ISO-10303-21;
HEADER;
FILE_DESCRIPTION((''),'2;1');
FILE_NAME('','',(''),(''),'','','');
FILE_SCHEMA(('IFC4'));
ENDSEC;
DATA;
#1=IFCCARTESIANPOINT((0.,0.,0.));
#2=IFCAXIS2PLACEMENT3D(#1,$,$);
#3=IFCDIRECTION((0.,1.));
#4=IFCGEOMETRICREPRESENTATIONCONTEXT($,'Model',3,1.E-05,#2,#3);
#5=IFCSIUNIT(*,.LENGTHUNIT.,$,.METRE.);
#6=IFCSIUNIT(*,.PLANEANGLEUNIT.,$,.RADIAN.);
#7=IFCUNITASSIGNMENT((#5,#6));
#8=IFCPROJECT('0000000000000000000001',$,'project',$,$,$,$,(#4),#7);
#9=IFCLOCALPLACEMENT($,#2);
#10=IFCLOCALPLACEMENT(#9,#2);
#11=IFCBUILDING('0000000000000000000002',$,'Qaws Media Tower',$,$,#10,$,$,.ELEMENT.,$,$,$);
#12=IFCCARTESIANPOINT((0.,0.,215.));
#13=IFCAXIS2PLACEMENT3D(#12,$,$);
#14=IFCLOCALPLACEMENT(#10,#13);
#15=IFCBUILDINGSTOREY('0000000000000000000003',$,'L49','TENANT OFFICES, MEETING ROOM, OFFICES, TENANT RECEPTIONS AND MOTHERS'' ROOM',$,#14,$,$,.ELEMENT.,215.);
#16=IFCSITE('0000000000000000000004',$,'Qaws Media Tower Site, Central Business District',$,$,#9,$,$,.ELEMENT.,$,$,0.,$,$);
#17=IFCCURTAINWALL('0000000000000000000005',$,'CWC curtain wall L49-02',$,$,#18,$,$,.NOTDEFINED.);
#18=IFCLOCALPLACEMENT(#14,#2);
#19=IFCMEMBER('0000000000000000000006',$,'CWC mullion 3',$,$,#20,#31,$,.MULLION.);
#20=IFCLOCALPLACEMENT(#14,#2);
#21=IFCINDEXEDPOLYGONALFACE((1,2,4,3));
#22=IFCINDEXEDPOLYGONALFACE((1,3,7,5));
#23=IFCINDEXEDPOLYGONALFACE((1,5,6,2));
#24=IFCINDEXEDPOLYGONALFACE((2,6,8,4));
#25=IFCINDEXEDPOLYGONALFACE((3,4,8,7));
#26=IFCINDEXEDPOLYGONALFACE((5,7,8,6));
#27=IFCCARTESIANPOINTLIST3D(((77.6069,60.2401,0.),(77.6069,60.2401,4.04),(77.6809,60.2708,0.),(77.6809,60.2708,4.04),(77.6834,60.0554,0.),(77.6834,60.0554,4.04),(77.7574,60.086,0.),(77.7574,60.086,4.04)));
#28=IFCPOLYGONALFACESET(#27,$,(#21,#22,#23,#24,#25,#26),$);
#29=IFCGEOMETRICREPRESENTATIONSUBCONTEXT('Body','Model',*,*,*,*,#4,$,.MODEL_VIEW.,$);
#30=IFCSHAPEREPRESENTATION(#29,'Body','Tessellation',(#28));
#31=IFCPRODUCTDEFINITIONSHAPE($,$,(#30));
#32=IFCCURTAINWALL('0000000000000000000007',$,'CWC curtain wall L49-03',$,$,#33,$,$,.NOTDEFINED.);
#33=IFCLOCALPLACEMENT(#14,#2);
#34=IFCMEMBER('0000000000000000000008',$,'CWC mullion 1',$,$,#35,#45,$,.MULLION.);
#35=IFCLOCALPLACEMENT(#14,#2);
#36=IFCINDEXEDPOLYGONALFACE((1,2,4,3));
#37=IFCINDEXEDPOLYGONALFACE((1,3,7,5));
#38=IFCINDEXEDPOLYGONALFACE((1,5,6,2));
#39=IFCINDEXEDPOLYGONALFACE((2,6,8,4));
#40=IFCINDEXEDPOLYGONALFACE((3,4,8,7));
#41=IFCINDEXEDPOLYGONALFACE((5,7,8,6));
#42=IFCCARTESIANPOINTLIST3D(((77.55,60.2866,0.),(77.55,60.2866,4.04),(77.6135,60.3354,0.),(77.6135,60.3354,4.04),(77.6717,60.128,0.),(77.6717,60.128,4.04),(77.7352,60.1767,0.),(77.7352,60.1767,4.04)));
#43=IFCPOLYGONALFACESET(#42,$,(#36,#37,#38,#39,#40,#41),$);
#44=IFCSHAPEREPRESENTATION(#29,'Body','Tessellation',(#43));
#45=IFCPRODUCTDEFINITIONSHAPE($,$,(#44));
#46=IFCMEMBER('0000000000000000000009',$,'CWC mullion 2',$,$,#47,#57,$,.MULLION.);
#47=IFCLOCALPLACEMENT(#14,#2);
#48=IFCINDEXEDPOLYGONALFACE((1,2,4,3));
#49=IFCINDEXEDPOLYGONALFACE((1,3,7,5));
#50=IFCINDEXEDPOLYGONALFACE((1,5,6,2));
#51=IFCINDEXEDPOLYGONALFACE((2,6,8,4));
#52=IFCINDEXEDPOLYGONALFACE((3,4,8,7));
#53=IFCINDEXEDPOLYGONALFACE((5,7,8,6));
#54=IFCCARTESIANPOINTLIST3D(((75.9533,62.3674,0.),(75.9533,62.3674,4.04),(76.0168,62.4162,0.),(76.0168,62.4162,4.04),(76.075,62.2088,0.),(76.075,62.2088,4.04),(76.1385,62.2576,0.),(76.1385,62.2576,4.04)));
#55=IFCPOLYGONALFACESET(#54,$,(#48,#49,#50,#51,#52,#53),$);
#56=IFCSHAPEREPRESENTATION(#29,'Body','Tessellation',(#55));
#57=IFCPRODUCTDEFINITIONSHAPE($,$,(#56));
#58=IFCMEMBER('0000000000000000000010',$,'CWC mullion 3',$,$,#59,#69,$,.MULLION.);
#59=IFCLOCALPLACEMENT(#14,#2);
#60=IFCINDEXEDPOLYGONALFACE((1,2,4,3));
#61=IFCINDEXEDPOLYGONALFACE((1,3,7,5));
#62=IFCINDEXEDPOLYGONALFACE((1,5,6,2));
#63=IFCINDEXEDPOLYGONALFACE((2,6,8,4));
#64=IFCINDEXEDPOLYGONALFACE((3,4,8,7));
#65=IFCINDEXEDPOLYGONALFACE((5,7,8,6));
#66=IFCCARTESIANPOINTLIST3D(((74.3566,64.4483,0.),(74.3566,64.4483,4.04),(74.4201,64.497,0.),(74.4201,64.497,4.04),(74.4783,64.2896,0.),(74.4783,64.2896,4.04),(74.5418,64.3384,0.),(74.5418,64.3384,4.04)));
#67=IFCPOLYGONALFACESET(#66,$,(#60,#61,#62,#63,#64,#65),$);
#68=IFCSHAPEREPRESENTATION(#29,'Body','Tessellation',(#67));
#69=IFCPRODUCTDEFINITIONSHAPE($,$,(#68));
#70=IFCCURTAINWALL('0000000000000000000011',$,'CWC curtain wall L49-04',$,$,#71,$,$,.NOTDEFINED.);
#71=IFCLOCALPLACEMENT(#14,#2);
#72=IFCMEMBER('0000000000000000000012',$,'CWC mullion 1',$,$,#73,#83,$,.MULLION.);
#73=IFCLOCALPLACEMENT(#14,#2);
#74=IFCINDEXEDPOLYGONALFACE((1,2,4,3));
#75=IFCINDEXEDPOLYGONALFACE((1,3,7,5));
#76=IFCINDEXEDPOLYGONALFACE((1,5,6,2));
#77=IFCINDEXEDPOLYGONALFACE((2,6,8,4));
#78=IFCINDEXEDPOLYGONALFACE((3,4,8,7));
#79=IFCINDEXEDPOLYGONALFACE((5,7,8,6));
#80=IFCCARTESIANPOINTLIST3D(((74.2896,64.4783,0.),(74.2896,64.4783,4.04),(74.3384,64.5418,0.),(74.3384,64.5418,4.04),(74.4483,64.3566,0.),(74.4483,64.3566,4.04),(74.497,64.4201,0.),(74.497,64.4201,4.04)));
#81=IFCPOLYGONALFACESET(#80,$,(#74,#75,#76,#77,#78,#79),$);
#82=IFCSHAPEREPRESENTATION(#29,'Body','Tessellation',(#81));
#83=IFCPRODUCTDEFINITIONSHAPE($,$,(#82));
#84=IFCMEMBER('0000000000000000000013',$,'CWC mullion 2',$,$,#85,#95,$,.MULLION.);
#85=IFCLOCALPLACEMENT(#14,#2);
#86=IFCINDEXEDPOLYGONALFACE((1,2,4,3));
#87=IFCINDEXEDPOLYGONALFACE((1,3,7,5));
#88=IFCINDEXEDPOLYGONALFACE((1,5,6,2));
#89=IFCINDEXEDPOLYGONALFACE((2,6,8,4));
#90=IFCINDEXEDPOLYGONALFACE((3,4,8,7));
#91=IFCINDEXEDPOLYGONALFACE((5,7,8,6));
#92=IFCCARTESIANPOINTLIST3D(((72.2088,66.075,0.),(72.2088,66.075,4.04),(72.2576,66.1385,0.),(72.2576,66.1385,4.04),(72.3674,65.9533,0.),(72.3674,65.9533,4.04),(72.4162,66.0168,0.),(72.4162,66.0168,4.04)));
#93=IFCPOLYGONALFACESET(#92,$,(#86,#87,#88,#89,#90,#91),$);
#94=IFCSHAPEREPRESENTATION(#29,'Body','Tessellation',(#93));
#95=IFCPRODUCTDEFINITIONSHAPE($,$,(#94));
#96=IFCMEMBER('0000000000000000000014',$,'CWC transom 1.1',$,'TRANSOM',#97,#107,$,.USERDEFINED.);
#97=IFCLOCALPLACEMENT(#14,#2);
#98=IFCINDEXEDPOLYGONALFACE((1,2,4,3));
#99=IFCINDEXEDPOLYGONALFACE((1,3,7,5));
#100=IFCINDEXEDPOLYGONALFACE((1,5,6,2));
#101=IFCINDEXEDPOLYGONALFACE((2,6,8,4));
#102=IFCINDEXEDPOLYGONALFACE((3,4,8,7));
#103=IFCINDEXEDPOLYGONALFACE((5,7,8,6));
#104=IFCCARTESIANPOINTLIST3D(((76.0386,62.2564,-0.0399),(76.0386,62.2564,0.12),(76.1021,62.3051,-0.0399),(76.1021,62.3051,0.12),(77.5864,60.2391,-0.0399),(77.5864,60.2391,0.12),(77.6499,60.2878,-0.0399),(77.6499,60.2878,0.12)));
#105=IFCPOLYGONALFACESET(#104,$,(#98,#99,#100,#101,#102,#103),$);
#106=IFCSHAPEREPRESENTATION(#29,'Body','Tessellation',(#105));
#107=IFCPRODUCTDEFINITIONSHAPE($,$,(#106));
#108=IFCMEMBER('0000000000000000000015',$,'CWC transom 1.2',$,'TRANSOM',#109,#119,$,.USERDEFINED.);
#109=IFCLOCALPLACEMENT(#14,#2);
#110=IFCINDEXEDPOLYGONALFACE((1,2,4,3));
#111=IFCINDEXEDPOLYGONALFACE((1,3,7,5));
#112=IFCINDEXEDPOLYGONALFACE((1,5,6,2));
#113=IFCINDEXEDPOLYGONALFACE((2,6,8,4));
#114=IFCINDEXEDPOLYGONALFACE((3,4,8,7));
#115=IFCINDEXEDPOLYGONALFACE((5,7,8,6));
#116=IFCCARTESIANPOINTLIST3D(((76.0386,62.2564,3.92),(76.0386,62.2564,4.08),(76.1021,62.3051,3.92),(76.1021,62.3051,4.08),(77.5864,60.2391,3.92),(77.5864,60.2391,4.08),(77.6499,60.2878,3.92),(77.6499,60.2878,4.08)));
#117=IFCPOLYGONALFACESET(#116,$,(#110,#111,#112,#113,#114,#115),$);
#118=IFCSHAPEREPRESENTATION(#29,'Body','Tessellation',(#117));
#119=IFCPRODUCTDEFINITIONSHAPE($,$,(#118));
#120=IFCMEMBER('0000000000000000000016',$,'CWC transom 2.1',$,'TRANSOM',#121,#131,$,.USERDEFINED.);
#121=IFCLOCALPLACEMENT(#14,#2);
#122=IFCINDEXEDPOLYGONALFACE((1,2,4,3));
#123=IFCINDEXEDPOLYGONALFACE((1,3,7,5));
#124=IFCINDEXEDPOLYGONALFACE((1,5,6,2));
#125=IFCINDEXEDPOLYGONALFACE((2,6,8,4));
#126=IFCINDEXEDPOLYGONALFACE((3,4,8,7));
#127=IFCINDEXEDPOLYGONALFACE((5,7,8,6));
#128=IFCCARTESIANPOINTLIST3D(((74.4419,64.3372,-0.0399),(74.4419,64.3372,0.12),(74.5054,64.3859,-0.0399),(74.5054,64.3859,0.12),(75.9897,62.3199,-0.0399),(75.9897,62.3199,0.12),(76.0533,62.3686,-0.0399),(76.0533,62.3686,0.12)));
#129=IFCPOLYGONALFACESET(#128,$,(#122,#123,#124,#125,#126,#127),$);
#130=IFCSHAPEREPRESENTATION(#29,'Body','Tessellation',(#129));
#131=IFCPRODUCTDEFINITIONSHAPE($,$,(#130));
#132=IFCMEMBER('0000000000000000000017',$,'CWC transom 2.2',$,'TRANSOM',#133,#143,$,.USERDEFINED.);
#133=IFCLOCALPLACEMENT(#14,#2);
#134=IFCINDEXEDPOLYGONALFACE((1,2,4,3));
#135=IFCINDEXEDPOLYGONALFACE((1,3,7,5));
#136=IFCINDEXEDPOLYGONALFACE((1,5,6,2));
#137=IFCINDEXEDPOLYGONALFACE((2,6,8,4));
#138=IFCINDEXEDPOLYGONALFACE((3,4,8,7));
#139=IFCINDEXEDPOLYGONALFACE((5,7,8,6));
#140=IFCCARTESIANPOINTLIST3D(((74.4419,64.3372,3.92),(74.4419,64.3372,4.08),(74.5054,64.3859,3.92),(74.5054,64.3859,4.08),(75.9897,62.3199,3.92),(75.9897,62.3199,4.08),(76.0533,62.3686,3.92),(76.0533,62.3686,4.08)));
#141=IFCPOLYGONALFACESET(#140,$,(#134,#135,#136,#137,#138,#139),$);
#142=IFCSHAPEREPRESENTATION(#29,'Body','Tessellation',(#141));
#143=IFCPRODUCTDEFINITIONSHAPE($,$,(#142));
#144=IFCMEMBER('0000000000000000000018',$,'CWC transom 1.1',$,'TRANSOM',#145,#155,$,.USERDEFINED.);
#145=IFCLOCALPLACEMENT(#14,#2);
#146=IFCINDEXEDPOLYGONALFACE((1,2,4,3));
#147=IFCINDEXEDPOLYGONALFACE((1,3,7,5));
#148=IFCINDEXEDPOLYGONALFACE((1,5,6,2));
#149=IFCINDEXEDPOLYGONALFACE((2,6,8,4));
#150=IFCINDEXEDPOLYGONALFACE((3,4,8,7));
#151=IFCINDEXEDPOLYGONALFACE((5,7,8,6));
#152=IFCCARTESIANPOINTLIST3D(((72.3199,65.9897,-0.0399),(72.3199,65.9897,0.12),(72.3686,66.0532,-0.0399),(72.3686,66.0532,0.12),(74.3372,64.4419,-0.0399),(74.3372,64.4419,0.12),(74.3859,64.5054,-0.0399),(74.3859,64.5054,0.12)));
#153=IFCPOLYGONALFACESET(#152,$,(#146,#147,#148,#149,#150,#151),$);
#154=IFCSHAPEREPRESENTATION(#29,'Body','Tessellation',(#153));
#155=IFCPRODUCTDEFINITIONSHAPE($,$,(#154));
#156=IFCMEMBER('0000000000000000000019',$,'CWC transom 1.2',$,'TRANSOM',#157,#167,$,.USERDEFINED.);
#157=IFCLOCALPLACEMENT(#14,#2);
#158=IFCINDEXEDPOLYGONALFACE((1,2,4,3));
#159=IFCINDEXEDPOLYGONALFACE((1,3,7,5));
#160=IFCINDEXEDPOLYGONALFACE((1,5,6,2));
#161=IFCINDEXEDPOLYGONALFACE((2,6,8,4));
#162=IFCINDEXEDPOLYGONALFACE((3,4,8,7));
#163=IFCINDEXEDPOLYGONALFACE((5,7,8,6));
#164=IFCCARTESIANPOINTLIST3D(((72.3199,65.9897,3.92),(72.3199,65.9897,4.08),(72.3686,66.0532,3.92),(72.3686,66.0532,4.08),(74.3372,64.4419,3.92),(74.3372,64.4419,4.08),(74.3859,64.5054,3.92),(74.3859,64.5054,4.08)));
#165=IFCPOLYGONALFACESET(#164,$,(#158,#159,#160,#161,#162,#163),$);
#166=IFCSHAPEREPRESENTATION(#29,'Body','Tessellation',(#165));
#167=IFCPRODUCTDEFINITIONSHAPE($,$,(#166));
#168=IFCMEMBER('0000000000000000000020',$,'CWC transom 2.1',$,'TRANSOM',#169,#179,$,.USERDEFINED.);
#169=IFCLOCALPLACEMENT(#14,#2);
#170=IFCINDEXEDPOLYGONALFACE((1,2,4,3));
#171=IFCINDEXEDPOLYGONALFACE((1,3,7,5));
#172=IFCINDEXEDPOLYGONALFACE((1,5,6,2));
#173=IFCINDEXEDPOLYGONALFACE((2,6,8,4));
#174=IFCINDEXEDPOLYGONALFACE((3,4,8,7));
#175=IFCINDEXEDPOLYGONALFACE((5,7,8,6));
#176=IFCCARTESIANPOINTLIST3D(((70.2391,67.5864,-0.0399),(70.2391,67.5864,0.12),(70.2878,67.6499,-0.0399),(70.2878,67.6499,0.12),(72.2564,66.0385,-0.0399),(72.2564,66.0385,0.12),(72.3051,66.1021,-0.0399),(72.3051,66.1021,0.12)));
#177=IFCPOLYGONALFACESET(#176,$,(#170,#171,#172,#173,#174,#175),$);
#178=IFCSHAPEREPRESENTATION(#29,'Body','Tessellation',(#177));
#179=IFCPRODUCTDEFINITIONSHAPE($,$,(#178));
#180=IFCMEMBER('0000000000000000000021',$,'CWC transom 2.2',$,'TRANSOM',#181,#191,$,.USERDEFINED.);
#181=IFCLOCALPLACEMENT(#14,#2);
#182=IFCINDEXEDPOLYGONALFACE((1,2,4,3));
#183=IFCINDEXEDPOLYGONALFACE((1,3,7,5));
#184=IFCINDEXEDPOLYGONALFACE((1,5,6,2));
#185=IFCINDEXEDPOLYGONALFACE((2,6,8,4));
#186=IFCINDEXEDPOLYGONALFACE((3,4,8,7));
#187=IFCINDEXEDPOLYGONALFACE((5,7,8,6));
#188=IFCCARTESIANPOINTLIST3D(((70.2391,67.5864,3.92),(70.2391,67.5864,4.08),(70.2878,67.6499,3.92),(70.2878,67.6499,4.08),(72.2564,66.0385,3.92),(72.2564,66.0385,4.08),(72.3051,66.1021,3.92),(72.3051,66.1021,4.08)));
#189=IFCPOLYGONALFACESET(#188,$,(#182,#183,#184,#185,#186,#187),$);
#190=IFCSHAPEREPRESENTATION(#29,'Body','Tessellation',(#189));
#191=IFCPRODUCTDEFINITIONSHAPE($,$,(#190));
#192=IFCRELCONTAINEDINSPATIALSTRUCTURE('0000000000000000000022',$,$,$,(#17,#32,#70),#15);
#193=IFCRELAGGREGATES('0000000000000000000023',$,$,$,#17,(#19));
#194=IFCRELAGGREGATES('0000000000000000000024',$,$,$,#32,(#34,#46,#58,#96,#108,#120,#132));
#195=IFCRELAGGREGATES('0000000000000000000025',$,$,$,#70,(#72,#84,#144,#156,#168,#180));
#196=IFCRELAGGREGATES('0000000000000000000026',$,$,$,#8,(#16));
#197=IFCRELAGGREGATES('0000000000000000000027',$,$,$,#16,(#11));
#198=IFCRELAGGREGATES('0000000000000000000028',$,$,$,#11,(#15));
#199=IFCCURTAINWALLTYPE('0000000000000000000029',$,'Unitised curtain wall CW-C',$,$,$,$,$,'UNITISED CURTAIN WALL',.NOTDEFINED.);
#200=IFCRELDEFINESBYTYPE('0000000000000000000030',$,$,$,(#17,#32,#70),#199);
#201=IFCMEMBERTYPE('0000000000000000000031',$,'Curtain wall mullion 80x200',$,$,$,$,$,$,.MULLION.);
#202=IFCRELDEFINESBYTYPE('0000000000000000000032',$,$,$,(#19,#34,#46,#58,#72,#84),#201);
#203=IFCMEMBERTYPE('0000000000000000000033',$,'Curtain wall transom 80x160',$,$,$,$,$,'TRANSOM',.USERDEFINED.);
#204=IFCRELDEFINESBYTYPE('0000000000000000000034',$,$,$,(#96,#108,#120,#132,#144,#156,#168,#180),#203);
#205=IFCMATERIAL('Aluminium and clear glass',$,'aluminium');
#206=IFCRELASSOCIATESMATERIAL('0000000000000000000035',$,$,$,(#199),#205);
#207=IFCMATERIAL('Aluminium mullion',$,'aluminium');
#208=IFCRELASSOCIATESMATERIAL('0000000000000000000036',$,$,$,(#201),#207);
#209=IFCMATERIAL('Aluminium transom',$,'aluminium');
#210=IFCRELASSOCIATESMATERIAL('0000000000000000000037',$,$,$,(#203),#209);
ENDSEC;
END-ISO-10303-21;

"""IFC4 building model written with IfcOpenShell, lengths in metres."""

from ifc_helpers import new_model, si_unit, direction, frame, origin, origin_2d, place, context, subcontext, project, spatial, rectangle, extrude, material, material_profile, profile_set, type_object, element, aggregate, save


model = new_model("IFC4")

# Units and contexts
model_context = context("Model", 3, precision=1e-05, world=origin(), true_north=direction((0.0, 1.0)))
body_context = subcontext(model_context, "Body", "Model", "MODEL_VIEW")
ifc_project = project(units=[si_unit("LENGTHUNIT", "METRE"), si_unit("PLANEANGLEUNIT", "RADIAN")], contexts=[model_context])

# Site, building, storey
site_placement = place(None, origin())
site = spatial("IfcSite", under=ifc_project, at=site_placement, Name="Qaws Media Tower Site, Central Business District", CompositionType="ELEMENT", RefElevation=0.0)
building_placement = place(site_placement, origin())
building = spatial("IfcBuilding", under=site, at=building_placement, Name="Qaws Media Tower", CompositionType="ELEMENT")
storey_placement = place(building_placement, frame((0.0, 0.0, 215.0)))
storey = spatial("IfcBuildingStorey", under=building, at=storey_placement, Name="L49", Description="TENANT OFFICES, MEETING ROOM, OFFICES, TENANT RECEPTIONS AND MOTHERS' ROOM", CompositionType="ELEMENT", Elevation=215.0)

# Curtain wall, member
ifc_material_1 = material(Name="Aluminium and clear glass", Category="aluminium")
curtain_wall_type = type_object("IfcCurtainWallType", Name="Unitised curtain wall CW-C", ElementType="UNITISED CURTAIN WALL", PredefinedType="NOTDEFINED", material=ifc_material_1)
curtain_wall_1_placement = place(storey_placement, origin())
curtain_wall_1 = element("IfcCurtainWall", 1, at=curtain_wall_1_placement, inside=storey, type_object=curtain_wall_type, Name="CWC curtain wall L49-02", PredefinedType="NOTDEFINED")
ifc_material_2 = material(Name="Aluminium mullion", Category="aluminium")
ifc_material_profile_1 = material_profile(ifc_material_2, rectangle(XDim=0.0801, YDim=0.2, at=origin_2d()), Name="80x200")
ifc_profile_set_1 = profile_set([ifc_material_profile_1], Name="Aluminium mullion")
member_type_1 = type_object("IfcMemberType", Name="Curtain wall mullion 80x200", PredefinedType="MULLION", material=ifc_profile_set_1)
member_1_placement = place(storey_placement, frame((77.6821, 60.1631, 0.0), z_axis=(0.0, 0.0, 1.0), x_axis=(-0.923879, -0.382684, 0.0)))
member_1 = element("IfcMember", 2, at=member_1_placement, type_object=member_type_1, Name="CWC mullion 3", PredefinedType="MULLION", context=body_context, shape_type="SweptSolid", body=[
    extrude(rectangle(XDim=0.0801, YDim=0.2, at=origin_2d()), origin(), (0.0, 0.0, 1.0), 4.04),
])

# Curtain walls, members
curtain_wall_2_placement = place(storey_placement, origin())
curtain_wall_2 = element("IfcCurtainWall", 3, at=curtain_wall_2_placement, inside=storey, type_object=curtain_wall_type, Name="CWC curtain wall L49-03", PredefinedType="NOTDEFINED")
member_2_placement = place(storey_placement, frame((77.6426, 60.2317, 0.0), z_axis=(0.0, 0.0, 1.0), x_axis=(-0.793353, -0.608761, 0.0)))
member_2 = element("IfcMember", 4, at=member_2_placement, type_object=member_type_1, Name="CWC mullion 1", PredefinedType="MULLION", context=body_context, shape_type="SweptSolid", body=[
    extrude(rectangle(XDim=0.0801, YDim=0.2, at=origin_2d()), origin(), (0.0, 0.0, 1.0), 4.04),
])
member_3_placement = place(storey_placement, frame((76.0459, 62.3125, 0.0), z_axis=(0.0, 0.0, 1.0), x_axis=(-0.793353, -0.608761, 0.0)))
member_3 = element("IfcMember", 5, at=member_3_placement, type_object=member_type_1, Name="CWC mullion 2", PredefinedType="MULLION", context=body_context, shape_type="SweptSolid", body=[
    extrude(rectangle(XDim=0.0801, YDim=0.2, at=origin_2d()), origin(), (0.0, 0.0, 1.0), 4.04),
])
member_4_placement = place(storey_placement, frame((74.4492, 64.3933, 0.0), z_axis=(0.0, 0.0, 1.0), x_axis=(-0.793353, -0.608761, 0.0)))
member_4 = element("IfcMember", 6, at=member_4_placement, type_object=member_type_1, Name="CWC mullion 3", PredefinedType="MULLION", context=body_context, shape_type="SweptSolid", body=[
    extrude(rectangle(XDim=0.0801, YDim=0.2, at=origin_2d()), origin(), (0.0, 0.0, 1.0), 4.04),
])
curtain_wall_3_placement = place(storey_placement, origin())
curtain_wall_3 = element("IfcCurtainWall", 7, at=curtain_wall_3_placement, inside=storey, type_object=curtain_wall_type, Name="CWC curtain wall L49-04", PredefinedType="NOTDEFINED")
member_5_placement = place(storey_placement, frame((74.3933, 64.4492, 0.0), z_axis=(0.0, 0.0, 1.0), x_axis=(-0.608761, -0.793353, 0.0)))
member_5 = element("IfcMember", 8, at=member_5_placement, type_object=member_type_1, Name="CWC mullion 1", PredefinedType="MULLION", context=body_context, shape_type="SweptSolid", body=[
    extrude(rectangle(XDim=0.0801, YDim=0.2, at=origin_2d()), origin(), (0.0, 0.0, 1.0), 4.04),
])
member_6_placement = place(storey_placement, frame((72.3125, 66.0459, 0.0), z_axis=(0.0, 0.0, 1.0), x_axis=(-0.608761, -0.793353, 0.0)))
member_6 = element("IfcMember", 9, at=member_6_placement, type_object=member_type_1, Name="CWC mullion 2", PredefinedType="MULLION", context=body_context, shape_type="SweptSolid", body=[
    extrude(rectangle(XDim=0.0801, YDim=0.2, at=origin_2d()), origin(), (0.0, 0.0, 1.0), 4.04),
])

# Members
ifc_material_3 = material(Name="Aluminium transom", Category="aluminium")
ifc_material_profile_2 = material_profile(ifc_material_3, rectangle(XDim=0.0801, YDim=0.1599, at=origin_2d()), Name="80x160")
ifc_profile_set_2 = profile_set([ifc_material_profile_2], Name="Aluminium transom")
member_type_2 = type_object("IfcMemberType", Name="Curtain wall transom 80x160", ElementType="TRANSOM", PredefinedType="USERDEFINED", material=ifc_profile_set_2)
member_7_placement = place(storey_placement, frame((77.6182, 60.2634, 0.04), z_axis=(-0.608736, 0.793373, 0.0), x_axis=(-0.793373, -0.608736, 0.0)))
member_7 = element("IfcMember", 10, at=member_7_placement, type_object=member_type_2, Name="CWC transom 1.1", ObjectType="TRANSOM", PredefinedType="USERDEFINED", context=body_context, shape_type="SweptSolid", body=[
    extrude(rectangle(XDim=0.0801, YDim=0.1599, at=origin_2d()), origin(), (0.0, 0.0, 1.0), 2.5427),
])
member_8_placement = place(storey_placement, frame((77.6182, 60.2634, 4.0), z_axis=(-0.608736, 0.793373, 0.0), x_axis=(-0.793373, -0.608736, 0.0)))
member_8 = element("IfcMember", 11, at=member_8_placement, type_object=member_type_2, Name="CWC transom 1.2", ObjectType="TRANSOM", PredefinedType="USERDEFINED", context=body_context, shape_type="SweptSolid", body=[
    extrude(rectangle(XDim=0.0801, YDim=0.1599, at=origin_2d()), origin(), (0.0, 0.0, 1.0), 2.5427),
])
member_9_placement = place(storey_placement, frame((76.0215, 62.3442, 0.04), z_axis=(-0.608736, 0.793373, 0.0), x_axis=(-0.793373, -0.608736, 0.0)))
member_9 = element("IfcMember", 12, at=member_9_placement, type_object=member_type_2, Name="CWC transom 2.1", ObjectType="TRANSOM", PredefinedType="USERDEFINED", context=body_context, shape_type="SweptSolid", body=[
    extrude(rectangle(XDim=0.0801, YDim=0.1599, at=origin_2d()), origin(), (0.0, 0.0, 1.0), 2.5427),
])
member_10_placement = place(storey_placement, frame((76.0215, 62.3442, 4.0), z_axis=(-0.608736, 0.793373, 0.0), x_axis=(-0.793373, -0.608736, 0.0)))
member_10 = element("IfcMember", 13, at=member_10_placement, type_object=member_type_2, Name="CWC transom 2.2", ObjectType="TRANSOM", PredefinedType="USERDEFINED", context=body_context, shape_type="SweptSolid", body=[
    extrude(rectangle(XDim=0.0801, YDim=0.1599, at=origin_2d()), origin(), (0.0, 0.0, 1.0), 2.5427),
])
member_11_placement = place(storey_placement, frame((74.3616, 64.4736, 0.04), z_axis=(-0.793373, 0.608736, 0.0), x_axis=(-0.608736, -0.793373, 0.0)))
member_11 = element("IfcMember", 14, at=member_11_placement, type_object=member_type_2, Name="CWC transom 1.1", ObjectType="TRANSOM", PredefinedType="USERDEFINED", context=body_context, shape_type="SweptSolid", body=[
    extrude(rectangle(XDim=0.0801, YDim=0.1599, at=origin_2d()), origin(), (0.0, 0.0, 1.0), 2.5427),
])
member_12_placement = place(storey_placement, frame((74.3616, 64.4736, 4.0), z_axis=(-0.793373, 0.608736, 0.0), x_axis=(-0.608736, -0.793373, 0.0)))
member_12 = element("IfcMember", 15, at=member_12_placement, type_object=member_type_2, Name="CWC transom 1.2", ObjectType="TRANSOM", PredefinedType="USERDEFINED", context=body_context, shape_type="SweptSolid", body=[
    extrude(rectangle(XDim=0.0801, YDim=0.1599, at=origin_2d()), origin(), (0.0, 0.0, 1.0), 2.5427),
])
member_13_placement = place(storey_placement, frame((72.2808, 66.0703, 0.04), z_axis=(-0.793373, 0.608736, 0.0), x_axis=(-0.608736, -0.793373, 0.0)))
member_13 = element("IfcMember", 16, at=member_13_placement, type_object=member_type_2, Name="CWC transom 2.1", ObjectType="TRANSOM", PredefinedType="USERDEFINED", context=body_context, shape_type="SweptSolid", body=[
    extrude(rectangle(XDim=0.0801, YDim=0.1599, at=origin_2d()), origin(), (0.0, 0.0, 1.0), 2.5427),
])
member_14_placement = place(storey_placement, frame((72.2808, 66.0703, 4.0), z_axis=(-0.793373, 0.608736, 0.0), x_axis=(-0.608736, -0.793373, 0.0)))
member_14 = element("IfcMember", 17, at=member_14_placement, type_object=member_type_2, Name="CWC transom 2.2", ObjectType="TRANSOM", PredefinedType="USERDEFINED", context=body_context, shape_type="SweptSolid", body=[
    extrude(rectangle(XDim=0.0801, YDim=0.1599, at=origin_2d()), origin(), (0.0, 0.0, 1.0), 2.5427),
])

aggregate(curtain_wall_1, [member_1])
aggregate(curtain_wall_2, [member_2, member_3, member_4, member_7, member_8, member_9, member_10])
aggregate(curtain_wall_3, [member_5, member_6, member_11, member_12, member_13, member_14])

save(model, "model.ifc")
